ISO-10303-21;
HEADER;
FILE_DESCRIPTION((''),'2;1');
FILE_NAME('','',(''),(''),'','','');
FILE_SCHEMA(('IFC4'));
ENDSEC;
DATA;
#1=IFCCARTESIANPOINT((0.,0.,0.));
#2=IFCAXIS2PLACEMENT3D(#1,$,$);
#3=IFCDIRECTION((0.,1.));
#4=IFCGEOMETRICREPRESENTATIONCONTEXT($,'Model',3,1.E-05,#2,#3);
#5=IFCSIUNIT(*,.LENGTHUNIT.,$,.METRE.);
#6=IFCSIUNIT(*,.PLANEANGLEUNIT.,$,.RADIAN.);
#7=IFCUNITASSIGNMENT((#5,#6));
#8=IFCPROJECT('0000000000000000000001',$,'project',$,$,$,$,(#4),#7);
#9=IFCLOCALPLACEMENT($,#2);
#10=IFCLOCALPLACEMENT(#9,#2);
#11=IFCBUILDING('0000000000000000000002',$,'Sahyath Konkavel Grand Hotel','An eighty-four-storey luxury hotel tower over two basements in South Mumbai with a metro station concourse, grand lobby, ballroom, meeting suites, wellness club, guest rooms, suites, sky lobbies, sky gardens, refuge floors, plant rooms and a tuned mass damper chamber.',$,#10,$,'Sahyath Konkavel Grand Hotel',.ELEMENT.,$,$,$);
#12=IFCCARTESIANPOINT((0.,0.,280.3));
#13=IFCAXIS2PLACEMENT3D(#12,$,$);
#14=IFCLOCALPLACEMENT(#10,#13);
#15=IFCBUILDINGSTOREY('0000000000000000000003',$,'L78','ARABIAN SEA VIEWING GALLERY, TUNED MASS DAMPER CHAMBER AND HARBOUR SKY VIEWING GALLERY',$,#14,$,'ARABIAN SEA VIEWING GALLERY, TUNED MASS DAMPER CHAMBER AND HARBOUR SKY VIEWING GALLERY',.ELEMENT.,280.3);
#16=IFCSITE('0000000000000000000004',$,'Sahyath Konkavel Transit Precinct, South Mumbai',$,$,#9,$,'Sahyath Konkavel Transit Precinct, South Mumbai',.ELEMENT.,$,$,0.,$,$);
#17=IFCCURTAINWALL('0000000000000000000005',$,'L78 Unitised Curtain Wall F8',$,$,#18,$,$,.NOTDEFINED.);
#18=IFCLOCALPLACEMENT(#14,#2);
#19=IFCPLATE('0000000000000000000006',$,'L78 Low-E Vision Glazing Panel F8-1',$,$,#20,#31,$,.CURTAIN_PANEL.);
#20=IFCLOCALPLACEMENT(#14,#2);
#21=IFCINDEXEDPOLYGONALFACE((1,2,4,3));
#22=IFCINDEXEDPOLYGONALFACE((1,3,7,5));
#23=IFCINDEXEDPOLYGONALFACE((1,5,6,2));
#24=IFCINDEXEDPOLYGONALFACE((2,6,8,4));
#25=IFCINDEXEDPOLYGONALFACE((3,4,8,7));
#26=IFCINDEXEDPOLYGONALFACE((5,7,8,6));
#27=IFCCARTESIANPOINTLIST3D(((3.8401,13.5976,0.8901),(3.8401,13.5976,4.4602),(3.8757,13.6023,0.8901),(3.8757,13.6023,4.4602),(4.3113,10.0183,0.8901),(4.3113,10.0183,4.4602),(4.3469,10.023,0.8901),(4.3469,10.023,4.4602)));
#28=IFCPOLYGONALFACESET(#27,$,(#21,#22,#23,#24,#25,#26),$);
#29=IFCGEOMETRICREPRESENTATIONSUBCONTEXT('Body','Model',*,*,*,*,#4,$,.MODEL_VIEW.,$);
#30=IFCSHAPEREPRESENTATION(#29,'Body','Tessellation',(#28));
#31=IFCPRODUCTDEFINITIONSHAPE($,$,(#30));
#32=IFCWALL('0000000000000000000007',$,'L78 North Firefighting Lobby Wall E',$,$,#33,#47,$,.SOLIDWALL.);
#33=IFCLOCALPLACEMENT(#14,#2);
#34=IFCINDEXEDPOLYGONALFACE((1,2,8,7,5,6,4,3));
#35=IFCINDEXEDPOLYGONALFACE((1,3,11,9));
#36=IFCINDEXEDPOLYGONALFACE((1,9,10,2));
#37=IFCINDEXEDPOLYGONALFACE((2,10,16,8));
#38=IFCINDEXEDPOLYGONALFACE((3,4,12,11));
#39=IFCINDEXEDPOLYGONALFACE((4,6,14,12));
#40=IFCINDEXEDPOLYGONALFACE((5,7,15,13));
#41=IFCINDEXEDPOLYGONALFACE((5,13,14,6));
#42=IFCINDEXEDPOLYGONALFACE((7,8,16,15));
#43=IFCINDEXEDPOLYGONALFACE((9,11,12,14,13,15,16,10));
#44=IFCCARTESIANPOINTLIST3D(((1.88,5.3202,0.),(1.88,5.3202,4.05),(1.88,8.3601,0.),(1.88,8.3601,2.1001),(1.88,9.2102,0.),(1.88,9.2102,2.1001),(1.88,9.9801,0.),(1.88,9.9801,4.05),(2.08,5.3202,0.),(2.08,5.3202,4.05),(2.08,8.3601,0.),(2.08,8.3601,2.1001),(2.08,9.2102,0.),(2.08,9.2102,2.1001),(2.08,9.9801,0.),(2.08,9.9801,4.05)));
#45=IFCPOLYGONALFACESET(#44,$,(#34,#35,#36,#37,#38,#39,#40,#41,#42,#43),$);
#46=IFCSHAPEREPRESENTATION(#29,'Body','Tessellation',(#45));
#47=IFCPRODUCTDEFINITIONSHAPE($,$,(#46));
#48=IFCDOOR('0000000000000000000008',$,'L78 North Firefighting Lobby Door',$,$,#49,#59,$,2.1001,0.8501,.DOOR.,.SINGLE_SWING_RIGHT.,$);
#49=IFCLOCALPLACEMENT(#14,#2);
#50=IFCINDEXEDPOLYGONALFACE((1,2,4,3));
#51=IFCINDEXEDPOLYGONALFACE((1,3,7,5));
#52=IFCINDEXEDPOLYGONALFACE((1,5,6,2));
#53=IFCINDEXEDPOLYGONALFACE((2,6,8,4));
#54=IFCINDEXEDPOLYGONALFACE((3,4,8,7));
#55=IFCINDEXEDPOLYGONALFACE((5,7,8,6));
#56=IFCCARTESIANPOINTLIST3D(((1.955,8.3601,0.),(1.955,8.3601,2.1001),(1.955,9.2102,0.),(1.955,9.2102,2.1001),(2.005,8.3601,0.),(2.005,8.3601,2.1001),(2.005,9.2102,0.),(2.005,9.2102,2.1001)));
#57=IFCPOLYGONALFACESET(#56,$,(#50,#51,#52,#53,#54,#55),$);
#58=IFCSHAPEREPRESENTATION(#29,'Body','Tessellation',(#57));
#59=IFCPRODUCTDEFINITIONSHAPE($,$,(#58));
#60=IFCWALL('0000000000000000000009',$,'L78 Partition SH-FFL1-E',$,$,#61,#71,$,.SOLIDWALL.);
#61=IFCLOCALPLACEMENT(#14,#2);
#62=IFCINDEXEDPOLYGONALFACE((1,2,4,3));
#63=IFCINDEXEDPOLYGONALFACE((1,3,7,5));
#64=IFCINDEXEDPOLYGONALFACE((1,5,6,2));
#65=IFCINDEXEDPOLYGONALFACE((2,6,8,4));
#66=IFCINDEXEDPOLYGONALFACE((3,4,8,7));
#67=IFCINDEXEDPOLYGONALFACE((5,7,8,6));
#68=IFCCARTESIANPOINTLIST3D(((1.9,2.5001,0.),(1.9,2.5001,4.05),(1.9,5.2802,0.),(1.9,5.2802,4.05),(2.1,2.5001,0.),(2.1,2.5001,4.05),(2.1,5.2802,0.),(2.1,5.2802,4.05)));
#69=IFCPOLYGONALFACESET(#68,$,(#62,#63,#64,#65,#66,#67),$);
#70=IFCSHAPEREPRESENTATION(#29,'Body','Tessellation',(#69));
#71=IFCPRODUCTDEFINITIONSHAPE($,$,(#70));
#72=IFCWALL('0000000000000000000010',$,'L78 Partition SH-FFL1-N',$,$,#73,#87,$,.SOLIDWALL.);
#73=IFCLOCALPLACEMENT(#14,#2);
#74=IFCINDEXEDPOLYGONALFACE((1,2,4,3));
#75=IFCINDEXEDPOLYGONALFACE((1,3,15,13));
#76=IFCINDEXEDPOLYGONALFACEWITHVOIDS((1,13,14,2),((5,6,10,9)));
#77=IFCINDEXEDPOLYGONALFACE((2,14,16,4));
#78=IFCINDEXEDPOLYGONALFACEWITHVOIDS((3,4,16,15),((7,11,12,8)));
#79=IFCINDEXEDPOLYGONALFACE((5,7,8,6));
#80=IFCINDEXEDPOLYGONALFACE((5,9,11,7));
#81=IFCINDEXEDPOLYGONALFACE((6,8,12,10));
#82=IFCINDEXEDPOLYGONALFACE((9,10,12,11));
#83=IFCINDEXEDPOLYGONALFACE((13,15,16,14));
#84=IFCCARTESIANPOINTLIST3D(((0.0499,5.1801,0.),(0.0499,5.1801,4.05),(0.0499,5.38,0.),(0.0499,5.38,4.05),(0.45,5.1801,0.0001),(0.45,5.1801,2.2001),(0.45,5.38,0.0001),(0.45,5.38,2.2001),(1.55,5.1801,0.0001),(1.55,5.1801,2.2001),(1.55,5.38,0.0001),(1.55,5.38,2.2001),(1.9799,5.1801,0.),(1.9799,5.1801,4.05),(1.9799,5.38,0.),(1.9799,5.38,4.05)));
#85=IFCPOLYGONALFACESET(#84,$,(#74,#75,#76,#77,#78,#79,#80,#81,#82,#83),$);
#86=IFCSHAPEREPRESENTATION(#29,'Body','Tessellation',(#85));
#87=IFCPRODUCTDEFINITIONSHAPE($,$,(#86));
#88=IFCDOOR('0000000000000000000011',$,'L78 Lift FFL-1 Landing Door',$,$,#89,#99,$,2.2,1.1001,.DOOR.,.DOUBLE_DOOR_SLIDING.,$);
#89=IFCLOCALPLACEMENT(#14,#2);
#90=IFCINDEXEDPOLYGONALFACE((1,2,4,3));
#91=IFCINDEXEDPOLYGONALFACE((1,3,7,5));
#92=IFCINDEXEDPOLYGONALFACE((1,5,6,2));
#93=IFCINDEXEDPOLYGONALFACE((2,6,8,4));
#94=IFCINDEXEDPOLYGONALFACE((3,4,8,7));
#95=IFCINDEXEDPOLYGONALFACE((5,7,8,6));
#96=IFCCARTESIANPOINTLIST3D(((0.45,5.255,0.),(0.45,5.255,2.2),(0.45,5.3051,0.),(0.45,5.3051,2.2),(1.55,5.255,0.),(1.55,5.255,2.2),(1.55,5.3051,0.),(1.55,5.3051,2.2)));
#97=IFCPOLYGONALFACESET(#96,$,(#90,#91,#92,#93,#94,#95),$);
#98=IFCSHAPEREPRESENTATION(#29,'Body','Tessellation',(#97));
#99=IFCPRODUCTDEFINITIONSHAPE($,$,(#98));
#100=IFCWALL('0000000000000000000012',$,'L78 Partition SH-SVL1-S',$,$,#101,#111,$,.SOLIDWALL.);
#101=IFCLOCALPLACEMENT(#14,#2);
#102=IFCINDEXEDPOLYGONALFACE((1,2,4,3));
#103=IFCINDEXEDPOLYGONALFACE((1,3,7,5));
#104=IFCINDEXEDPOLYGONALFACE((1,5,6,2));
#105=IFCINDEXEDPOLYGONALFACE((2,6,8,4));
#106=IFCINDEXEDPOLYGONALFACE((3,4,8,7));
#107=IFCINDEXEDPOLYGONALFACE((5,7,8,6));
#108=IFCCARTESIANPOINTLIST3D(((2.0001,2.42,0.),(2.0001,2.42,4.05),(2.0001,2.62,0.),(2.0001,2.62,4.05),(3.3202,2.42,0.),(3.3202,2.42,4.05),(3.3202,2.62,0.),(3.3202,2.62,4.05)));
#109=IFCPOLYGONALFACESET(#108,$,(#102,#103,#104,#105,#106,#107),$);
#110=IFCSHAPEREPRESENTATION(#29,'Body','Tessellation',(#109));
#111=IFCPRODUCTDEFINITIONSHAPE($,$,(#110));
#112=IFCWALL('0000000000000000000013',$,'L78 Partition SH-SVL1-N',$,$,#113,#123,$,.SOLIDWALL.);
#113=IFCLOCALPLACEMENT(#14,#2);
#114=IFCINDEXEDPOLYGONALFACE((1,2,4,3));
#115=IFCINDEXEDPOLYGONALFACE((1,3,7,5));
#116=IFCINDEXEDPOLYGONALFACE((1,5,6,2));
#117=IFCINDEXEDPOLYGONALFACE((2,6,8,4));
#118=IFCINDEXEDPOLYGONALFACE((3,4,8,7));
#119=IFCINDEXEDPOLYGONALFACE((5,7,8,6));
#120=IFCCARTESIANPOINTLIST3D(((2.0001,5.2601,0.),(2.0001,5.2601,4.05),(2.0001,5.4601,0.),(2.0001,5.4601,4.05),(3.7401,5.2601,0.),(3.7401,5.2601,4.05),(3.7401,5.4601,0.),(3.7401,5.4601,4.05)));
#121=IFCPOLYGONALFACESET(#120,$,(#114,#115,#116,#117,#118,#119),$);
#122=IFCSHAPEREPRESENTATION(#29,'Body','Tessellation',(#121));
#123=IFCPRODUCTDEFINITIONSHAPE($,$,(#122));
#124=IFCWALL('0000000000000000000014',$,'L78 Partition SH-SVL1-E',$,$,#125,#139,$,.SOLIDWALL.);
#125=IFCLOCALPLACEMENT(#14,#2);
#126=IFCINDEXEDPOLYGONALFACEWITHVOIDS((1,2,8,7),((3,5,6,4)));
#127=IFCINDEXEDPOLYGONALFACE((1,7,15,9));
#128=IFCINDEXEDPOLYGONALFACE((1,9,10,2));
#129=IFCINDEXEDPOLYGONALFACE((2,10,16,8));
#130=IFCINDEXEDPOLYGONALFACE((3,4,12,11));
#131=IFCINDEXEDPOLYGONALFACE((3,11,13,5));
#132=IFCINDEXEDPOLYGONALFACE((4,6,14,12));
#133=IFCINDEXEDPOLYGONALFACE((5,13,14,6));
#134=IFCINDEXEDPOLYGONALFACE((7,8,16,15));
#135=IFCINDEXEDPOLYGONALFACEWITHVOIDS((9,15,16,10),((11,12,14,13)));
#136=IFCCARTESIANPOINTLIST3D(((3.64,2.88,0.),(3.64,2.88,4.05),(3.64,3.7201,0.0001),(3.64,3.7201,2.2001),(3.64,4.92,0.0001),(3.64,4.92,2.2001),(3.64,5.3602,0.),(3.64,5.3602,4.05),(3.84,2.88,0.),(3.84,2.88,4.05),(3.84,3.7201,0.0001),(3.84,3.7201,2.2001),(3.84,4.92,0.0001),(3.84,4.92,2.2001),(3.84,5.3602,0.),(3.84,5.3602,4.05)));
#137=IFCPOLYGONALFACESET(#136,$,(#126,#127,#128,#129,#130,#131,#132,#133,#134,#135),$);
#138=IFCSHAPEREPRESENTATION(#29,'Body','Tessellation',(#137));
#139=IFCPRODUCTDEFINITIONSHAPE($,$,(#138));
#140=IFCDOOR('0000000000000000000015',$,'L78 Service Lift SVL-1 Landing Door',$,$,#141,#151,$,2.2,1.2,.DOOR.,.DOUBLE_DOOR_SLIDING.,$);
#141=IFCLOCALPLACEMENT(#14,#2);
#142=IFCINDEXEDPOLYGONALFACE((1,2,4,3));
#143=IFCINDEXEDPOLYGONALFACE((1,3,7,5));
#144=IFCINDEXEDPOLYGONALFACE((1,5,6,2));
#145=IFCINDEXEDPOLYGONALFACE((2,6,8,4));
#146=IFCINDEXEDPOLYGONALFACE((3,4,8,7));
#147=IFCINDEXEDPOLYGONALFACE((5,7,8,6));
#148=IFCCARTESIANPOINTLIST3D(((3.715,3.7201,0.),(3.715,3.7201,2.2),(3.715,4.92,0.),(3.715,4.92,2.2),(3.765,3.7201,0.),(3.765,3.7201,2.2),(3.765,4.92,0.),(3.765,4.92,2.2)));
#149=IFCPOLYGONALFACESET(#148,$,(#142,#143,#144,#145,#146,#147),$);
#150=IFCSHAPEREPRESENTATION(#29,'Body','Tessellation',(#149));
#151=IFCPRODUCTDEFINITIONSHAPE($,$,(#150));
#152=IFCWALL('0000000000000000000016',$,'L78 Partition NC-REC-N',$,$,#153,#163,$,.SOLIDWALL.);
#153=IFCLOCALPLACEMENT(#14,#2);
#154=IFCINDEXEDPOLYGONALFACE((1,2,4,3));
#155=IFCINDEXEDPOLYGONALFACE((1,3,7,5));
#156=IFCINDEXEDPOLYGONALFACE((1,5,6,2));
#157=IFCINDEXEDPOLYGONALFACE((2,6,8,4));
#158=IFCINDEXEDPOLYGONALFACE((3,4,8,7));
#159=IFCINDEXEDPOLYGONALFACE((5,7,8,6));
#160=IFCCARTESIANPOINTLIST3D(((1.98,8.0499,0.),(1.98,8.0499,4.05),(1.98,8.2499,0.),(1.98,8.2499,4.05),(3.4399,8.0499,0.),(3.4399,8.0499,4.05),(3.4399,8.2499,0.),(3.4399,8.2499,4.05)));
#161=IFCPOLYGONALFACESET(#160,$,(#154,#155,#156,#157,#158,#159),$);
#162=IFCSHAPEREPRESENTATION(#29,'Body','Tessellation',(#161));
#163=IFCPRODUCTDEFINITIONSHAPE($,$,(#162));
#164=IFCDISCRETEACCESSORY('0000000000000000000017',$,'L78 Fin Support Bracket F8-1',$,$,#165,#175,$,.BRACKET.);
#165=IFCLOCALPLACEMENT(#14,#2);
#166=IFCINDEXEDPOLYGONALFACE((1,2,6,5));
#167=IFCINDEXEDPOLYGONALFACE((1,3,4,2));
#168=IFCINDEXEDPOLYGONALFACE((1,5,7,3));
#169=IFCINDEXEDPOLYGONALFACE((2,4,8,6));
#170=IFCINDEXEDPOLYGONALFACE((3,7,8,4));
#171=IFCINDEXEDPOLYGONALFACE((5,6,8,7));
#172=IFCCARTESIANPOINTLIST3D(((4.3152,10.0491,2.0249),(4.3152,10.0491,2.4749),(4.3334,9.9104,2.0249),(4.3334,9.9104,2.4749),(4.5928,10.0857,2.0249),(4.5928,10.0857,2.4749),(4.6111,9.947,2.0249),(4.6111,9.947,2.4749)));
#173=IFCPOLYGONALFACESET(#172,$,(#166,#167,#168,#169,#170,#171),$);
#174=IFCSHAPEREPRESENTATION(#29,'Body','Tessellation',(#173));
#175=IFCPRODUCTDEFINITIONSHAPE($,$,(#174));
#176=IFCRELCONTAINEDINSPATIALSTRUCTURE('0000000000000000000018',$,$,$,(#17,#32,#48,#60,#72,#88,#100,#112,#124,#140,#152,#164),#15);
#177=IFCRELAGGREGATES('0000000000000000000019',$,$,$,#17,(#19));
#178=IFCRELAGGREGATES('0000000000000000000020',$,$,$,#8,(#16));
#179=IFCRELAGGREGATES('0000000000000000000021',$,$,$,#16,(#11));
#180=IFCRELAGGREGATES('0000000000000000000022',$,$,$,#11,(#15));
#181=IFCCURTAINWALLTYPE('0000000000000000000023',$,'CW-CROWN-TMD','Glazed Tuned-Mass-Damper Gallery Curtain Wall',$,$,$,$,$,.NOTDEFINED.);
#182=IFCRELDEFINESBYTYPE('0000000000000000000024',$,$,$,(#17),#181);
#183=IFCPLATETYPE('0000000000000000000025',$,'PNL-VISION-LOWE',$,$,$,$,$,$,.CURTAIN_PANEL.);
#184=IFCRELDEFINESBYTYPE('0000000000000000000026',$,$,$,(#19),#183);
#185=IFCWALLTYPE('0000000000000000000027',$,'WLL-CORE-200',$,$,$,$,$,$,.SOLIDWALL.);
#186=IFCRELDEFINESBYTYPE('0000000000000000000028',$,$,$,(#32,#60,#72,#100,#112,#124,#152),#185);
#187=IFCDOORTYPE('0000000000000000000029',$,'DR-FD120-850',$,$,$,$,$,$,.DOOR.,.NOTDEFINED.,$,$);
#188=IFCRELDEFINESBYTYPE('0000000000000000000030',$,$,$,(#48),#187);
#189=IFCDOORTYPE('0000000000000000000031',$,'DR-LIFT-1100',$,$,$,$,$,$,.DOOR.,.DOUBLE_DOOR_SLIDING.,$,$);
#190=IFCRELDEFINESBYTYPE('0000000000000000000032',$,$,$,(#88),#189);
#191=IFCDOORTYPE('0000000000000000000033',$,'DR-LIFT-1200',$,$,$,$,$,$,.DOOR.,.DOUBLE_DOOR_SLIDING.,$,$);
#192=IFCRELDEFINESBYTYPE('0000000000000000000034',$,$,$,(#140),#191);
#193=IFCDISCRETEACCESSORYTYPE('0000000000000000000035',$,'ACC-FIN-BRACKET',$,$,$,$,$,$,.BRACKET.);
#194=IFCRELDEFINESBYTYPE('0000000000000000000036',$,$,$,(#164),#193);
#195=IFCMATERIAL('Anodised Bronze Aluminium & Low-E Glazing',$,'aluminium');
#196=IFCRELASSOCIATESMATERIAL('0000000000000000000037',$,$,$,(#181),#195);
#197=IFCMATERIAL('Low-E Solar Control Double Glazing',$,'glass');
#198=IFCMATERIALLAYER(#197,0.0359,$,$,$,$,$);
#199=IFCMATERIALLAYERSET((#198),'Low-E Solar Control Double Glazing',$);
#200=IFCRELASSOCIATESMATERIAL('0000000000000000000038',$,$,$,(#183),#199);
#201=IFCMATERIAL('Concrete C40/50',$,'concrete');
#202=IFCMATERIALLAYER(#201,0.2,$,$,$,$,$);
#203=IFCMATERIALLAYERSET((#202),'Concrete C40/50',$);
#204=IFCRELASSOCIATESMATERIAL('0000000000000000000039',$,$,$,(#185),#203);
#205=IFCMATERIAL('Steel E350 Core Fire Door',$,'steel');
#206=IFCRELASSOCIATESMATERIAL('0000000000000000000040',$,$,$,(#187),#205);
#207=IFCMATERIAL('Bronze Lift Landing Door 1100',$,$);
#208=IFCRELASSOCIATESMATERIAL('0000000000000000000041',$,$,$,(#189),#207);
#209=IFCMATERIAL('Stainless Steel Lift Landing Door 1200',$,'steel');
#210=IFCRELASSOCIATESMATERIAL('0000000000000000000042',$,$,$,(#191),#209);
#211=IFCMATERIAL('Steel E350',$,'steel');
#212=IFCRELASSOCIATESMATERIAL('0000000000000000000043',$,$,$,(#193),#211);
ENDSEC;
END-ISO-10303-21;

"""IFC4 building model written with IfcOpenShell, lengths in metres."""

from ifc_helpers import new_model, si_unit, direction, frame, frame_2d, origin, origin_2d, place, context, subcontext, project, spatial, rectangle, extrude, source, transform, mapped, material, layer, layer_set, type_object, element, fill, aggregate, save


model = new_model("IFC4")

# Units and contexts
model_context = context("Model", 3, precision=1e-05, world=origin(), true_north=direction((0.0, 1.0)))
body_context = subcontext(model_context, "Body", "Model", "MODEL_VIEW")
ifc_project = project(units=[si_unit("LENGTHUNIT", "METRE"), si_unit("PLANEANGLEUNIT", "RADIAN")], contexts=[model_context])

# Site, building, storey
site_placement = place(None, origin())
site = spatial("IfcSite", under=ifc_project, at=site_placement, Name="Sahyath Konkavel Transit Precinct, South Mumbai", LongName="Sahyath Konkavel Transit Precinct, South Mumbai", CompositionType="ELEMENT", RefElevation=0.0)
building_placement = place(site_placement, origin())
building = spatial("IfcBuilding", under=site, at=building_placement, Name="Sahyath Konkavel Grand Hotel", Description="An eighty-four-storey luxury hotel tower over two basements in South Mumbai with a metro station concourse, grand lobby, ballroom, meeting suites, wellness club, guest rooms, suites, sky lobbies, sky gardens, refuge floors, plant rooms and a tuned mass damper chamber.", LongName="Sahyath Konkavel Grand Hotel", CompositionType="ELEMENT")
storey_placement = place(building_placement, frame((0.0, 0.0, 280.3)))
storey = spatial("IfcBuildingStorey", under=building, at=storey_placement, Name="L78", Description="ARABIAN SEA VIEWING GALLERY, TUNED MASS DAMPER CHAMBER AND HARBOUR SKY VIEWING GALLERY", LongName="ARABIAN SEA VIEWING GALLERY, TUNED MASS DAMPER CHAMBER AND HARBOUR SKY VIEWING GALLERY", CompositionType="ELEMENT", Elevation=280.3)

# Shared definitions
ifc_material_1 = material(Name="Steel E350", Category="steel")

# Curtain wall, plate
ifc_material_2 = material(Name="Anodised Bronze Aluminium & Low-E Glazing", Category="aluminium")
curtain_wall_type = type_object("IfcCurtainWallType", Name="CW-CROWN-TMD", Description="Glazed Tuned-Mass-Damper Gallery Curtain Wall", PredefinedType="NOTDEFINED", material=ifc_material_2)
curtain_wall_placement = place(storey_placement, origin())
curtain_wall = element("IfcCurtainWall", 1, at=curtain_wall_placement, inside=storey, type_object=curtain_wall_type, Name="L78 Unitised Curtain Wall F8", PredefinedType="NOTDEFINED")
ifc_material_3 = material(Name="Low-E Solar Control Double Glazing", Category="glass")
ifc_layer_1 = layer(ifc_material_3, 0.0359)
ifc_layer_set_1 = layer_set([ifc_layer_1], Name="Low-E Solar Control Double Glazing")
plate_type_1 = type_object("IfcPlateType", Name="PNL-VISION-LOWE", PredefinedType="CURTAIN_PANEL", material=ifc_layer_set_1)
shared_shape_1 = source(origin(), body_context, "Body", "SweptSolid", [
    extrude(rectangle(XDim=3.6101, YDim=0.0359, at=origin_2d()), origin(), (0.0, 0.0, 1.0), 3.5701),
])
plate_1_placement = place(storey_placement, frame((4.0935, 11.8103, 0.8901), z_axis=(0.0, 0.0, 1.0), x_axis=(-0.130526, 0.991445, 0.0)))
plate_1 = element("IfcPlate", 2, at=plate_1_placement, type_object=plate_type_1, Name="L78 Low-E Vision Glazing Panel F8-1", PredefinedType="CURTAIN_PANEL", context=body_context, shape_type="MappedRepresentation", body=[
    mapped(shared_shape_1, transform((0.0, 0.0, 0.0), scale=1.0)),
])
aggregate(curtain_wall, [plate_1])

# Wall, opening, door
ifc_material_4 = material(Name="Concrete C40/50", Category="concrete")
ifc_layer_2 = layer(ifc_material_4, 0.2)
ifc_layer_set_2 = layer_set([ifc_layer_2], Name="Concrete C40/50")
wall_type = type_object("IfcWallType", Name="WLL-CORE-200", PredefinedType="SOLIDWALL", material=ifc_layer_set_2)
wall_1_placement = place(storey_placement, frame((1.98, 5.3201, 0.0), z_axis=(0.0, 0.0, 1.0), x_axis=(0.0, 1.0, 0.0)))
wall_1 = element("IfcWall", 3, at=wall_1_placement, inside=storey, type_object=wall_type, Name="L78 North Firefighting Lobby Wall E", PredefinedType="SOLIDWALL", context=body_context, shape_type="SweptSolid", body=[
    extrude(rectangle(XDim=4.6599, YDim=0.2, at=frame_2d((2.3301, 0.0))), origin(), (0.0, 0.0, 1.0), 4.05),
])
opening_1_placement = place(wall_1_placement, frame((3.04, 0.0, 0.0)))
opening_1 = element("IfcOpeningElement", 4, at=opening_1_placement, cuts=wall_1, PredefinedType="OPENING", context=body_context, shape_type="SweptSolid", body=[
    extrude(rectangle(XDim=0.8501, YDim=2.1001, at=frame_2d((0.425, 1.05))), frame((0.0, 0.1099, 0.0), z_axis=(0.0, -1.0, 0.0), x_axis=(1.0, 0.0, 0.0)), (0.0, 0.0, 1.0), 0.22),
])
ifc_material_5 = material(Name="Steel E350 Core Fire Door", Category="steel")
door_type_1 = type_object("IfcDoorType", Name="DR-FD120-850", OperationType="NOTDEFINED", PredefinedType="DOOR", material=ifc_material_5)
shared_shape_2 = source(origin(), body_context, "Body", "SweptSolid", [
    extrude(rectangle(XDim=0.8501, YDim=0.05, at=origin_2d()), origin(), (0.0, 0.0, 1.0), 2.1001),
])
door_1_placement = place(opening_1_placement, frame((0.425, 0.0, 0.0)))
door_1 = element("IfcDoor", 5, at=door_1_placement, inside=storey, type_object=door_type_1, Name="L78 North Firefighting Lobby Door", OperationType="SINGLE_SWING_RIGHT", OverallHeight=2.1001, OverallWidth=0.8501, PredefinedType="DOOR", context=body_context, shape_type="MappedRepresentation", body=[
    mapped(shared_shape_2, transform((0.0, 0.0, 0.0), scale=1.0)),
])
fill(opening_1, door_1)

# Wall
wall_2_placement = place(storey_placement, frame((2.0, 2.5, 0.0), z_axis=(0.0, 0.0, 1.0), x_axis=(0.0, 1.0, 0.0)))
element("IfcWall", 6, at=wall_2_placement, inside=storey, type_object=wall_type, Name="L78 Partition SH-FFL1-E", PredefinedType="SOLIDWALL", context=body_context, shape_type="SweptSolid", body=[
    extrude(rectangle(XDim=2.78, YDim=0.2, at=frame_2d((1.3901, 0.0))), origin(), (0.0, 0.0, 1.0), 4.05),
])

# Wall, opening, door
wall_3_placement = place(storey_placement, frame((0.05, 5.28, 0.0), z_axis=(0.0, 0.0, 1.0), x_axis=(1.0, 0.0, 0.0)))
wall_3 = element("IfcWall", 7, at=wall_3_placement, inside=storey, type_object=wall_type, Name="L78 Partition SH-FFL1-N", PredefinedType="SOLIDWALL", context=body_context, shape_type="SweptSolid", body=[
    extrude(rectangle(XDim=1.9299, YDim=0.2, at=frame_2d((0.9648, 0.0))), origin(), (0.0, 0.0, 1.0), 4.05),
])
opening_2_placement = place(wall_3_placement, frame((0.3999, 0.0, 0.0)))
opening_2 = element("IfcOpeningElement", 8, at=opening_2_placement, cuts=wall_3, PredefinedType="OPENING", context=body_context, shape_type="SweptSolid", body=[
    extrude(rectangle(XDim=1.1001, YDim=2.2, at=frame_2d((0.55, 1.1001))), frame((0.0, 0.1099, 0.0), z_axis=(0.0, -1.0, 0.0), x_axis=(1.0, 0.0, 0.0)), (0.0, 0.0, 1.0), 0.22),
])
ifc_material_6 = material(Name="Bronze Lift Landing Door 1100")
door_type_2 = type_object("IfcDoorType", Name="DR-LIFT-1100", OperationType="DOUBLE_DOOR_SLIDING", PredefinedType="DOOR", material=ifc_material_6)
shared_shape_3 = source(origin(), body_context, "Body", "SweptSolid", [
    extrude(rectangle(XDim=1.1001, YDim=0.05, at=origin_2d()), origin(), (0.0, 0.0, 1.0), 2.2),
])
door_2_placement = place(opening_2_placement, frame((0.55, 0.0, 0.0)))
door_2 = element("IfcDoor", 9, at=door_2_placement, inside=storey, type_object=door_type_2, Name="L78 Lift FFL-1 Landing Door", OperationType="DOUBLE_DOOR_SLIDING", OverallHeight=2.2, OverallWidth=1.1001, PredefinedType="DOOR", context=body_context, shape_type="MappedRepresentation", body=[
    mapped(shared_shape_3, transform((0.0, 0.0, 0.0), scale=1.0)),
])
fill(opening_2, door_2)

# Walls
wall_4_placement = place(storey_placement, frame((2.0, 2.52, 0.0), z_axis=(0.0, 0.0, 1.0), x_axis=(1.0, 0.0, 0.0)))
element("IfcWall", 10, at=wall_4_placement, inside=storey, type_object=wall_type, Name="L78 Partition SH-SVL1-S", PredefinedType="SOLIDWALL", context=body_context, shape_type="SweptSolid", body=[
    extrude(rectangle(XDim=1.3201, YDim=0.2, at=frame_2d((0.6602, 0.0))), origin(), (0.0, 0.0, 1.0), 4.05),
])
wall_5_placement = place(storey_placement, frame((2.0, 5.3601, 0.0), z_axis=(0.0, 0.0, 1.0), x_axis=(1.0, 0.0, 0.0)))
element("IfcWall", 11, at=wall_5_placement, inside=storey, type_object=wall_type, Name="L78 Partition SH-SVL1-N", PredefinedType="SOLIDWALL", context=body_context, shape_type="SweptSolid", body=[
    extrude(rectangle(XDim=1.74, YDim=0.2, at=frame_2d((0.8701, 0.0))), origin(), (0.0, 0.0, 1.0), 4.05),
])

# Wall, opening, door
wall_6_placement = place(storey_placement, frame((3.74, 2.8799, 0.0), z_axis=(0.0, 0.0, 1.0), x_axis=(0.0, 1.0, 0.0)))
wall_6 = element("IfcWall", 12, at=wall_6_placement, inside=storey, type_object=wall_type, Name="L78 Partition SH-SVL1-E", PredefinedType="SOLIDWALL", context=body_context, shape_type="SweptSolid", body=[
    extrude(rectangle(XDim=2.4802, YDim=0.2, at=frame_2d((1.2402, 0.0))), origin(), (0.0, 0.0, 1.0), 4.05),
])
opening_3_placement = place(wall_6_placement, frame((0.8401, 0.0, 0.0)))
opening_3 = element("IfcOpeningElement", 13, at=opening_3_placement, cuts=wall_6, PredefinedType="OPENING", context=body_context, shape_type="SweptSolid", body=[
    extrude(rectangle(XDim=1.2, YDim=2.2, at=frame_2d((0.6001, 1.1001))), frame((0.0, 0.1099, 0.0), z_axis=(0.0, -1.0, 0.0), x_axis=(1.0, 0.0, 0.0)), (0.0, 0.0, 1.0), 0.22),
])
ifc_material_7 = material(Name="Stainless Steel Lift Landing Door 1200", Category="steel")
door_type_3 = type_object("IfcDoorType", Name="DR-LIFT-1200", OperationType="DOUBLE_DOOR_SLIDING", PredefinedType="DOOR", material=ifc_material_7)
shared_shape_4 = source(origin(), body_context, "Body", "SweptSolid", [
    extrude(rectangle(XDim=1.2, YDim=0.05, at=origin_2d()), origin(), (0.0, 0.0, 1.0), 2.2),
])
door_3_placement = place(opening_3_placement, frame((0.6001, 0.0, 0.0)))
door_3 = element("IfcDoor", 14, at=door_3_placement, inside=storey, type_object=door_type_3, Name="L78 Service Lift SVL-1 Landing Door", OperationType="DOUBLE_DOOR_SLIDING", OverallHeight=2.2, OverallWidth=1.2, PredefinedType="DOOR", context=body_context, shape_type="MappedRepresentation", body=[
    mapped(shared_shape_4, transform((0.0, 0.0, 0.0), scale=1.0)),
])
fill(opening_3, door_3)

# Wall
wall_7_placement = place(storey_placement, frame((1.98, 8.1499, 0.0), z_axis=(0.0, 0.0, 1.0), x_axis=(1.0, 0.0, 0.0)))
element("IfcWall", 15, at=wall_7_placement, inside=storey, type_object=wall_type, Name="L78 Partition NC-REC-N", PredefinedType="SOLIDWALL", context=body_context, shape_type="SweptSolid", body=[
    extrude(rectangle(XDim=1.46, YDim=0.2, at=frame_2d((0.73, 0.0))), origin(), (0.0, 0.0, 1.0), 4.05),
])

# Discrete accessory
discrete_accessory_type = type_object("IfcDiscreteAccessoryType", Name="ACC-FIN-BRACKET", PredefinedType="BRACKET", material=ifc_material_1)
shared_shape_5 = source(origin(), body_context, "Body", "SweptSolid", [
    extrude(rectangle(XDim=0.28, YDim=0.1399, at=origin_2d()), origin(), (0.0, 0.0, 1.0), 0.45),
])
discrete_accessory_placement = place(storey_placement, frame((4.4631, 9.998, 2.0249), z_axis=(0.0, 0.0, 1.0), x_axis=(0.991445, 0.130526, 0.0)))
element("IfcDiscreteAccessory", 16, at=discrete_accessory_placement, inside=storey, type_object=discrete_accessory_type, Name="L78 Fin Support Bracket F8-1", PredefinedType="BRACKET", context=body_context, shape_type="MappedRepresentation", body=[
    mapped(shared_shape_5, transform((0.0, 0.0, 0.0), scale=1.0)),
])

save(model, "model.ifc")
